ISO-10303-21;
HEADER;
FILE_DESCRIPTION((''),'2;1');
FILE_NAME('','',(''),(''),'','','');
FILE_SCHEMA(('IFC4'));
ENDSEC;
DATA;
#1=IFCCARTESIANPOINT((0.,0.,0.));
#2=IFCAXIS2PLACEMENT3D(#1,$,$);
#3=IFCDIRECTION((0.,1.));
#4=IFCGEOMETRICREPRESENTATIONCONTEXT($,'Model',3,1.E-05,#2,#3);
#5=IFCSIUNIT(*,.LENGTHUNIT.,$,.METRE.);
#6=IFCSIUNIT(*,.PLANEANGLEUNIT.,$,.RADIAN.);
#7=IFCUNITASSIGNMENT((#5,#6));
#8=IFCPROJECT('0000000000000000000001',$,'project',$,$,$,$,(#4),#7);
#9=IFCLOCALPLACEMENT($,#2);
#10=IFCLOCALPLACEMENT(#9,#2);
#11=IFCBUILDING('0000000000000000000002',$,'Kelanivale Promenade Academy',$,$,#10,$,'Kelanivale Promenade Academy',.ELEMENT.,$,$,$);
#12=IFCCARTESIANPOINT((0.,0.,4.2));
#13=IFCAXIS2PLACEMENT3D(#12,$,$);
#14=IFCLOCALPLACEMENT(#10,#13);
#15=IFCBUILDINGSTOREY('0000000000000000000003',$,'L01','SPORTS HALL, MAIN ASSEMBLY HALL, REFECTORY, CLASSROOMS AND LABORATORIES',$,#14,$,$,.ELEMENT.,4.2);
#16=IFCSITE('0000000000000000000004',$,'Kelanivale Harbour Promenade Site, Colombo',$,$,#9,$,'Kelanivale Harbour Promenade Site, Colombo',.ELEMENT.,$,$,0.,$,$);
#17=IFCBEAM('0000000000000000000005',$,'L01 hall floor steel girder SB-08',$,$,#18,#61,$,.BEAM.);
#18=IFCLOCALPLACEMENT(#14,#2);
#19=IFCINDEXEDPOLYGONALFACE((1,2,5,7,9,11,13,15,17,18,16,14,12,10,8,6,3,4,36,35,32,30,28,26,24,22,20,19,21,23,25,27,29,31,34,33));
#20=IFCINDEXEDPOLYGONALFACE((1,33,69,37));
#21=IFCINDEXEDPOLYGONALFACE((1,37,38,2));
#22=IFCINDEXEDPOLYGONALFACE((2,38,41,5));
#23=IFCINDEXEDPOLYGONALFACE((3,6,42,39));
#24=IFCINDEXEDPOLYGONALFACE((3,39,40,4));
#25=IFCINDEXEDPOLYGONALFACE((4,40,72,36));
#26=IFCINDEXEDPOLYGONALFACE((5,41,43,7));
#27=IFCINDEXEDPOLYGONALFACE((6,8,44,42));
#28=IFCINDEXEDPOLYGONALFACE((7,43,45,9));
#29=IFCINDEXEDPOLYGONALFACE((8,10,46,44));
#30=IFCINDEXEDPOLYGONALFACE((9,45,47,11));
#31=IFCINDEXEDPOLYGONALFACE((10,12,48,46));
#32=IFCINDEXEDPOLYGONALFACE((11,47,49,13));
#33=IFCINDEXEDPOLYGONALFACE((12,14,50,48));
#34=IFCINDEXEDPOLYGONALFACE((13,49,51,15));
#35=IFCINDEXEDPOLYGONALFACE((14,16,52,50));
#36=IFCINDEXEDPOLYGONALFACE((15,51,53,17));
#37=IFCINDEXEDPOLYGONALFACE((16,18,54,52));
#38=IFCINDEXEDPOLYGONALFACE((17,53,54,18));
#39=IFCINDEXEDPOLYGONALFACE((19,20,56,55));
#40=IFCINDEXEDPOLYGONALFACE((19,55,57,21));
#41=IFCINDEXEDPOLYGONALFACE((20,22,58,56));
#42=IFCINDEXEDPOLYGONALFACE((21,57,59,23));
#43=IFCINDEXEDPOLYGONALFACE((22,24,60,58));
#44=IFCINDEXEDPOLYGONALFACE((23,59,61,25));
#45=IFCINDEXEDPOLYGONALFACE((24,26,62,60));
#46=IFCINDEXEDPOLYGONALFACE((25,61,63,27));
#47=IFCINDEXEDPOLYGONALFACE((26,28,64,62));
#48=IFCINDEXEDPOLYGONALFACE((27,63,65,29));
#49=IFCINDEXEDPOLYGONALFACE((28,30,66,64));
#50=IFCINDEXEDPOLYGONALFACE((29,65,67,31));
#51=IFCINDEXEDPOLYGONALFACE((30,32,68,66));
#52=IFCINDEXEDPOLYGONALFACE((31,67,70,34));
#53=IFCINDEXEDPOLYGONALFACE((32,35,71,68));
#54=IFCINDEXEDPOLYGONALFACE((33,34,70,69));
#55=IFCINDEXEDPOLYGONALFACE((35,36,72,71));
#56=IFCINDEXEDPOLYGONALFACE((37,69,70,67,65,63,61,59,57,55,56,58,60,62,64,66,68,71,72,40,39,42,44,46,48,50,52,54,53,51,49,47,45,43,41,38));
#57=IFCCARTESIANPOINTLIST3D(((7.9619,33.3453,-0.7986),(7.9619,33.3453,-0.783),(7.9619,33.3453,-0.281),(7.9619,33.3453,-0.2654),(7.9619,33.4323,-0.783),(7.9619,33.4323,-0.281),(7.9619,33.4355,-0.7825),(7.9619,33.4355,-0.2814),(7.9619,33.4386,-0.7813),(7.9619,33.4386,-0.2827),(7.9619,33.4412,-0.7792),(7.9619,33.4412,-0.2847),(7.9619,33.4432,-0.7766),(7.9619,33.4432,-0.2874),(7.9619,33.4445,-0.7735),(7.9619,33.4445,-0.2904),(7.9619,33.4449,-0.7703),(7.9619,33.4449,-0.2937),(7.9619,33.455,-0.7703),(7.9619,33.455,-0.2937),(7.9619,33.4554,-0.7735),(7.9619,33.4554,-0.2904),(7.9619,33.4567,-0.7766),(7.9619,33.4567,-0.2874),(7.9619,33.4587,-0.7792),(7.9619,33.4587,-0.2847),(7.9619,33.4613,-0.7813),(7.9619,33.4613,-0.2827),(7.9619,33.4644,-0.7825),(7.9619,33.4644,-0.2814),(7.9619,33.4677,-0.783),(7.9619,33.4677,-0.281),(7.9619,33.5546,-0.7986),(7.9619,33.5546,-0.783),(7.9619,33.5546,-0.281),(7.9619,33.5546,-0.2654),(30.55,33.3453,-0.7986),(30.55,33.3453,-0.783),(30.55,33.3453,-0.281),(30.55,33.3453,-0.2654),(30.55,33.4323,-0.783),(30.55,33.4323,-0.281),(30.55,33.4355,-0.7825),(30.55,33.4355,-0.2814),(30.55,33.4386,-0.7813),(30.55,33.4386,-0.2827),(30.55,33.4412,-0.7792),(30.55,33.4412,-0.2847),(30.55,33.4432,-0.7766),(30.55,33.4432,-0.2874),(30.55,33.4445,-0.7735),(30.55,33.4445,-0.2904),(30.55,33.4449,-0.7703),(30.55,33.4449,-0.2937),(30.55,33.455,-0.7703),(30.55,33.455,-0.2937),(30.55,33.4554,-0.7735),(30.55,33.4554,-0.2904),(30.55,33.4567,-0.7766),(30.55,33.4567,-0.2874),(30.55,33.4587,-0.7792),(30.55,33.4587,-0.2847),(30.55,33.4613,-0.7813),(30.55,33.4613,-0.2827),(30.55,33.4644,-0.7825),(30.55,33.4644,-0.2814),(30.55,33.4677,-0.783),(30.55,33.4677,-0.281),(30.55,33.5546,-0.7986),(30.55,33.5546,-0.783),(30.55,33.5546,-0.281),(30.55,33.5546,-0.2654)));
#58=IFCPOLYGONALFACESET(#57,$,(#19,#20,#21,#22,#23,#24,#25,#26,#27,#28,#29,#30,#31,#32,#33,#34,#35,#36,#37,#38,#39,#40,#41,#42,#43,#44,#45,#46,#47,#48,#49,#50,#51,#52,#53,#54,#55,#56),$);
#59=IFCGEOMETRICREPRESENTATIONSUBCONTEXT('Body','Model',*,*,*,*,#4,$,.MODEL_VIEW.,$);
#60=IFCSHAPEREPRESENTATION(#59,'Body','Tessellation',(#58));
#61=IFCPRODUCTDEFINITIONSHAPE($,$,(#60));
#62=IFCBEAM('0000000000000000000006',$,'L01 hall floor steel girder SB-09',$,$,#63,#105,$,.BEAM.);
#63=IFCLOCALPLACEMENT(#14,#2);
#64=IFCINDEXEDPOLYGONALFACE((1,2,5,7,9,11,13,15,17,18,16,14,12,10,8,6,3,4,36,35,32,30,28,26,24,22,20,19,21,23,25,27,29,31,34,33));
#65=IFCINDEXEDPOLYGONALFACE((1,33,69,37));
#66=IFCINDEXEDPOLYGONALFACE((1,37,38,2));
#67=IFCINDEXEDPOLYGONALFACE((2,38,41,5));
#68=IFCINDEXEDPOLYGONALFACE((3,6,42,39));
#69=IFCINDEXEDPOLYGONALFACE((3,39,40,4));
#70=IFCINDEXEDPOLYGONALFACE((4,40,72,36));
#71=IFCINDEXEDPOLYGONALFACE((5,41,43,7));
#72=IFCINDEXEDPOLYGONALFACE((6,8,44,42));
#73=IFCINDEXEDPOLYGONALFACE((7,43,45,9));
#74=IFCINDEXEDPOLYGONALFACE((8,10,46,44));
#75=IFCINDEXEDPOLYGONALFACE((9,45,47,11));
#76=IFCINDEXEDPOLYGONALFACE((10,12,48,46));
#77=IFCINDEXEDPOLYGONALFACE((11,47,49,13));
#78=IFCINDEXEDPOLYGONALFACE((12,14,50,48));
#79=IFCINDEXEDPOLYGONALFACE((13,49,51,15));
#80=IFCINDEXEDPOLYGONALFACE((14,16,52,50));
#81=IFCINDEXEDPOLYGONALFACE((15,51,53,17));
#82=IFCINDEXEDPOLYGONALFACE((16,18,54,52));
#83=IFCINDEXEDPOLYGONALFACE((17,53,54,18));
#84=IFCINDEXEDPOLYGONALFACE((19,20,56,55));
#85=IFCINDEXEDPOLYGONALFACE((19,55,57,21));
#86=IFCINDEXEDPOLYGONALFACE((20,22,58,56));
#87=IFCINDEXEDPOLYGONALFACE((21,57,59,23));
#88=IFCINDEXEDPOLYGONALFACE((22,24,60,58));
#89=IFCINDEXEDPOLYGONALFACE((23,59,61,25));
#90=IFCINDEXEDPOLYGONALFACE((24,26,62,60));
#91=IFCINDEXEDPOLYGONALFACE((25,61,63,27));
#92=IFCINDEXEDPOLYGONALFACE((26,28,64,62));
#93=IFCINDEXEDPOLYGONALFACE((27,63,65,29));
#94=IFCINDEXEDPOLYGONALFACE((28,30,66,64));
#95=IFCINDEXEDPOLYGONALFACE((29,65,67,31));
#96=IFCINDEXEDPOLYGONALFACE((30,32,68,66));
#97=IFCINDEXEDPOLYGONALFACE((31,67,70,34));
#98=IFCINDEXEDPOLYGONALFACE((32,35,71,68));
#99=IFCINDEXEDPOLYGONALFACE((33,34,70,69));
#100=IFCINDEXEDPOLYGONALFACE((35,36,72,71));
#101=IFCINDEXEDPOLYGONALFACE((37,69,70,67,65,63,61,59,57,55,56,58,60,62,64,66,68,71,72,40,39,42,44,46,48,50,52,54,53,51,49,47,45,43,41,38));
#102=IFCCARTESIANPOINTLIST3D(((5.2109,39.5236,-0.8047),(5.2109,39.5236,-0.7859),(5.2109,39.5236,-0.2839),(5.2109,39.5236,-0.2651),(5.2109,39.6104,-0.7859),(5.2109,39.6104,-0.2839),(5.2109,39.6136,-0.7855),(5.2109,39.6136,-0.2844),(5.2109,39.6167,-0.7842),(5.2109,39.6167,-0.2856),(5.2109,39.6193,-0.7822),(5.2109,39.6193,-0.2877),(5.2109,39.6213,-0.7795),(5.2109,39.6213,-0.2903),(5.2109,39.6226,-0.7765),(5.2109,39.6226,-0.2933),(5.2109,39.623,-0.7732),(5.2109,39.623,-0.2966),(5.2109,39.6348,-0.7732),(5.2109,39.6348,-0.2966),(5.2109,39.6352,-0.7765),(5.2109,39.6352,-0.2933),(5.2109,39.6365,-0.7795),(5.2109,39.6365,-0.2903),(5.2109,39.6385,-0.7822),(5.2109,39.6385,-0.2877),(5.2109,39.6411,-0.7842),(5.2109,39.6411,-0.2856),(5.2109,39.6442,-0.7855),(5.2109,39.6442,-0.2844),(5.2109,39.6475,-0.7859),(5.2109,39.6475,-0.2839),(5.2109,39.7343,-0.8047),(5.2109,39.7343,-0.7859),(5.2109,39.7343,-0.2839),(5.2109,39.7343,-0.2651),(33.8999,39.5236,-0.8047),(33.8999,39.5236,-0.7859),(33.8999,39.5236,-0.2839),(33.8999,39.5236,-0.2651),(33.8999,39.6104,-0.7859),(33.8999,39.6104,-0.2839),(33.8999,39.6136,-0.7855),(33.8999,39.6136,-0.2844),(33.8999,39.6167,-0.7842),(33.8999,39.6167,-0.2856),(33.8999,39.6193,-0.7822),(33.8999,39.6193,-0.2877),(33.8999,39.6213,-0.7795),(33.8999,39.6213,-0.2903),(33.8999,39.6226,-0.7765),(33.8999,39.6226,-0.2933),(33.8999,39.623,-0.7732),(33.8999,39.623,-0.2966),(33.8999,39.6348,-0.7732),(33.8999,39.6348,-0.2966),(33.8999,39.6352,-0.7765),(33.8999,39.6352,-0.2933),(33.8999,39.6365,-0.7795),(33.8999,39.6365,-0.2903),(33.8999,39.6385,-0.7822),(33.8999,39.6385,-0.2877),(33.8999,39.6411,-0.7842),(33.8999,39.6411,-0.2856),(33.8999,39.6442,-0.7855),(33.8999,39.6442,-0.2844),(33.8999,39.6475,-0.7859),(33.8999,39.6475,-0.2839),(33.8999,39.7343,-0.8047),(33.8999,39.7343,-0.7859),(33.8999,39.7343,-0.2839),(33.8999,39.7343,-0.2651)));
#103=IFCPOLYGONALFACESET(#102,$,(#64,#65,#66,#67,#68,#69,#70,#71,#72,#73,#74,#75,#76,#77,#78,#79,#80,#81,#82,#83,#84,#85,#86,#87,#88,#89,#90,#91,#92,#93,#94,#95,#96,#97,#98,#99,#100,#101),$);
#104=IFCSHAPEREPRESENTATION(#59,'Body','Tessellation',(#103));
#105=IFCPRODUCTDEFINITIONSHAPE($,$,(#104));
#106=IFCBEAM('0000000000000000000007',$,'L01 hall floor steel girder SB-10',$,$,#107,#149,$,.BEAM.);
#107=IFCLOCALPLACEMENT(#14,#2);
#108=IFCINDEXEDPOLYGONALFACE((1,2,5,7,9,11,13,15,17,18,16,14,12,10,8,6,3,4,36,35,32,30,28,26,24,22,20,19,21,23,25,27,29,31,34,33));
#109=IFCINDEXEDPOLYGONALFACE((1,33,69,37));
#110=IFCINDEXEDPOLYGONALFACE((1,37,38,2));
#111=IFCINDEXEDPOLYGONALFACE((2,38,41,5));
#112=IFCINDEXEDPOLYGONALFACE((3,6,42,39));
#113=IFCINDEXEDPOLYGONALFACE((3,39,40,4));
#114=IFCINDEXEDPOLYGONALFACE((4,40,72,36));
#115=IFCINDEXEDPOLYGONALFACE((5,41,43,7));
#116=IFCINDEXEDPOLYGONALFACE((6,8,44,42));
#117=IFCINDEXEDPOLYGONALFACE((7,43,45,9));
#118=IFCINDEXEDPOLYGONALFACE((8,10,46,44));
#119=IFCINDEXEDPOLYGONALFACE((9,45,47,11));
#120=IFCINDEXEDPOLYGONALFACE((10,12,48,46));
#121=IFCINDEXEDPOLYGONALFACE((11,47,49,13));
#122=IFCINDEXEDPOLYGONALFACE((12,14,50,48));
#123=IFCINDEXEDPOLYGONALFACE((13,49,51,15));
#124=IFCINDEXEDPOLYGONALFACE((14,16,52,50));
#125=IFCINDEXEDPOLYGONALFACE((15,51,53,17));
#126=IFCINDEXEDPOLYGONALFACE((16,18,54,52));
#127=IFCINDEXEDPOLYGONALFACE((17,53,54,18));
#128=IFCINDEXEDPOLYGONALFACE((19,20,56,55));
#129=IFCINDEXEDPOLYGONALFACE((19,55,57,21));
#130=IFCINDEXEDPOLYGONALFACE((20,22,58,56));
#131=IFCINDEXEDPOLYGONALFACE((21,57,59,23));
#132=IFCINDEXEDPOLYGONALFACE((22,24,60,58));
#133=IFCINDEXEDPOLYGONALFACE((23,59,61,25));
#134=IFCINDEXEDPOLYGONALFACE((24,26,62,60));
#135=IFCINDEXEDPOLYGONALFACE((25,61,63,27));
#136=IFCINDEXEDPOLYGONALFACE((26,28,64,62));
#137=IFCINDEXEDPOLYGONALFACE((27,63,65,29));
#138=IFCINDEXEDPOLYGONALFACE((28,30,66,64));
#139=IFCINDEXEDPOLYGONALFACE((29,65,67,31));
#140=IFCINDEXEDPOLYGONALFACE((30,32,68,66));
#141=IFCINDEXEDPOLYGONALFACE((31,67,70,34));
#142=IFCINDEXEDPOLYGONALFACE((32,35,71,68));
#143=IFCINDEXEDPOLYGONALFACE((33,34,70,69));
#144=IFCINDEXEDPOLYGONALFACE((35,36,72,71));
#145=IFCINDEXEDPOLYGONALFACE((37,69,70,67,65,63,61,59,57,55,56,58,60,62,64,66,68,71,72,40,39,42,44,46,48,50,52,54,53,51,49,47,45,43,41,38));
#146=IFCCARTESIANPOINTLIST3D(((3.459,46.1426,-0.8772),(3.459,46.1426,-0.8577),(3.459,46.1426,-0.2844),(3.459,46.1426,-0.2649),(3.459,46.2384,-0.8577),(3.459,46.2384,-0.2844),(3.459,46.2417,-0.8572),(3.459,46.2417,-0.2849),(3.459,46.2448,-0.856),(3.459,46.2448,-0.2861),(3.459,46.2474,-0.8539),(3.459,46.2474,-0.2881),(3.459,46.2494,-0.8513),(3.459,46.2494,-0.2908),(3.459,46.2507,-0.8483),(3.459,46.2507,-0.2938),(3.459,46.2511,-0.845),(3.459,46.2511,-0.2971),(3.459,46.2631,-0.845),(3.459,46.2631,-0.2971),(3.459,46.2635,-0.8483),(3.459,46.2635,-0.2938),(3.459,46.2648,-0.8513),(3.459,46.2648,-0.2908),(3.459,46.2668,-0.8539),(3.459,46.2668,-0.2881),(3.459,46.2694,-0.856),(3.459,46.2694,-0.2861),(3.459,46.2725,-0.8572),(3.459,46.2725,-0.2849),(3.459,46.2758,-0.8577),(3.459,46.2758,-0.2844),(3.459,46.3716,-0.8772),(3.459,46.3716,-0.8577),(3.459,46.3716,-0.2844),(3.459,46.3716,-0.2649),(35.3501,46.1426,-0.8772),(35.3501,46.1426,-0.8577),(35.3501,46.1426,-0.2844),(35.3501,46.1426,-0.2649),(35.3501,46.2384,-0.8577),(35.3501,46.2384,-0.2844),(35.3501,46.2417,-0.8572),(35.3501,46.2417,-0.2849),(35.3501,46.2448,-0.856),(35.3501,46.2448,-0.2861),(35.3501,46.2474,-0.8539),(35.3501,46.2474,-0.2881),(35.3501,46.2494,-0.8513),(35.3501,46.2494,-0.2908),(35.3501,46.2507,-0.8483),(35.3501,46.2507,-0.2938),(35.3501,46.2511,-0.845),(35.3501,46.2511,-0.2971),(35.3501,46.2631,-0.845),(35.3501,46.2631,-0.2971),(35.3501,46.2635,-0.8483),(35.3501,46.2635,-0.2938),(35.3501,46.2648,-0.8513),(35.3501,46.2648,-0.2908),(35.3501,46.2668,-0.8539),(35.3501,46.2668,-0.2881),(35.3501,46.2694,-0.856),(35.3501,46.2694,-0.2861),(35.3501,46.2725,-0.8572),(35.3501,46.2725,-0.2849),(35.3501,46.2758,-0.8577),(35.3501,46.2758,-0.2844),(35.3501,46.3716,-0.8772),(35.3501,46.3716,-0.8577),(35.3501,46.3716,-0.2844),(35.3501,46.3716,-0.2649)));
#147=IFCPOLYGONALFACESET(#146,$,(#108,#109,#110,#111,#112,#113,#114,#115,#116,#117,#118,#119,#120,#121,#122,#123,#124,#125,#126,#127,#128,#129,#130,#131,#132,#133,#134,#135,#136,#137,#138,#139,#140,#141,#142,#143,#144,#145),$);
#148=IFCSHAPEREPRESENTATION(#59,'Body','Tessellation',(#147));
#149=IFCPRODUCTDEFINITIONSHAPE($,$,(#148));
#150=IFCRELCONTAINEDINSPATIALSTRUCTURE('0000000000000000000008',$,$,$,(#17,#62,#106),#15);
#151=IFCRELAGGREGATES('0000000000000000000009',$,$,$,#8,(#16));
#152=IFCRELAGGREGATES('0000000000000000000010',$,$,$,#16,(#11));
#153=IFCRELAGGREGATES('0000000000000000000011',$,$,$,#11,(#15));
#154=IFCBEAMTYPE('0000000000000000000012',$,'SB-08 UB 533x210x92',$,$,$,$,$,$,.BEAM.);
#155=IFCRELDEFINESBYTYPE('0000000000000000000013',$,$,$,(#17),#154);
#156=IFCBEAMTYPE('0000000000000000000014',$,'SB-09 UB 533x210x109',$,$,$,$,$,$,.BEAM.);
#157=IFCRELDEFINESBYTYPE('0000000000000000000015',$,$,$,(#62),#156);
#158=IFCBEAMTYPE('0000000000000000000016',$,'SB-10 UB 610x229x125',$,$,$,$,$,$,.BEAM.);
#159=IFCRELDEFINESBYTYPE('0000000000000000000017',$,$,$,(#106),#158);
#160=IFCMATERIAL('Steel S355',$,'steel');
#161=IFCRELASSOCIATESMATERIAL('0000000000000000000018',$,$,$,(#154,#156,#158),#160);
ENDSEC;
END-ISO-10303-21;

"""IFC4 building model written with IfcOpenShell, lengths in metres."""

from ifc_helpers import new_model, si_unit, direction, frame, origin, origin_2d, place, context, subcontext, project, spatial, i_section, extrude, material, material_profile, profile_set, type_object, element, save


model = new_model("IFC4")

# Units and contexts
model_context = context("Model", 3, precision=1e-05, world=origin(), true_north=direction((0.0, 1.0)))
body_context = subcontext(model_context, "Body", "Model", "MODEL_VIEW")
ifc_project = project(units=[si_unit("LENGTHUNIT", "METRE"), si_unit("PLANEANGLEUNIT", "RADIAN")], contexts=[model_context])

# Site, building, storey
site_placement = place(None, origin())
site = spatial("IfcSite", under=ifc_project, at=site_placement, Name="Kelanivale Harbour Promenade Site, Colombo", LongName="Kelanivale Harbour Promenade Site, Colombo", CompositionType="ELEMENT", RefElevation=0.0)
building_placement = place(site_placement, origin())
building = spatial("IfcBuilding", under=site, at=building_placement, Name="Kelanivale Promenade Academy", LongName="Kelanivale Promenade Academy", CompositionType="ELEMENT")
storey_placement = place(building_placement, frame((0.0, 0.0, 4.2)))
storey = spatial("IfcBuildingStorey", under=building, at=storey_placement, Name="L01", Description="SPORTS HALL, MAIN ASSEMBLY HALL, REFECTORY, CLASSROOMS AND LABORATORIES", CompositionType="ELEMENT", Elevation=4.2)

# Shared definitions
ifc_material_1 = material(Name="Steel S355", Category="steel")

# Beams
ifc_material_profile_1 = material_profile(ifc_material_1, i_section(OverallWidth=0.2092, OverallDepth=0.5332, WebThickness=0.01, FlangeThickness=0.0156, FilletRadius=0.0127, at=origin_2d()), Name="UB 533x210x92")
ifc_profile_set_1 = profile_set([ifc_material_profile_1], Name="Steel S355")
beam_type_1 = type_object("IfcBeamType", Name="SB-08 UB 533x210x92", PredefinedType="BEAM", material=ifc_profile_set_1)
beam_1_placement = place(storey_placement, frame((7.9619, 33.45, -0.532), z_axis=(1.0, 0.0, 0.0), x_axis=(0.0, 1.0, 0.0)))
element("IfcBeam", 1, at=beam_1_placement, inside=storey, type_object=beam_type_1, Name="L01 hall floor steel girder SB-08", PredefinedType="BEAM", context=body_context, shape_type="SweptSolid", body=[
    extrude(i_section(OverallWidth=0.2092, OverallDepth=0.5332, WebThickness=0.01, FlangeThickness=0.0156, FilletRadius=0.0127, at=origin_2d()), origin(), (0.0, 0.0, 1.0), 22.5881),
])
ifc_material_profile_2 = material_profile(ifc_material_1, i_section(OverallWidth=0.2107, OverallDepth=0.5396, WebThickness=0.0117, FlangeThickness=0.0188, FilletRadius=0.0127, at=origin_2d()), Name="UB 533x210x109")
ifc_profile_set_2 = profile_set([ifc_material_profile_2], Name="Steel S355")
beam_type_2 = type_object("IfcBeamType", Name="SB-09 UB 533x210x109", PredefinedType="BEAM", material=ifc_profile_set_2)
beam_2_placement = place(storey_placement, frame((5.2109, 39.6289, -0.5349), z_axis=(1.0, 0.0, 0.0), x_axis=(0.0, 1.0, 0.0)))
element("IfcBeam", 2, at=beam_2_placement, inside=storey, type_object=beam_type_2, Name="L01 hall floor steel girder SB-09", PredefinedType="BEAM", context=body_context, shape_type="SweptSolid", body=[
    extrude(i_section(OverallWidth=0.2107, OverallDepth=0.5396, WebThickness=0.0117, FlangeThickness=0.0188, FilletRadius=0.0127, at=origin_2d()), origin(), (0.0, 0.0, 1.0), 28.689),
])
ifc_material_profile_3 = material_profile(ifc_material_1, i_section(OverallWidth=0.229, OverallDepth=0.6123, WebThickness=0.012, FlangeThickness=0.0195, FilletRadius=0.0127, at=origin_2d()), Name="UB 610x229x125")
ifc_profile_set_3 = profile_set([ifc_material_profile_3], Name="Steel S355")
beam_type_3 = type_object("IfcBeamType", Name="SB-10 UB 610x229x125", PredefinedType="BEAM", material=ifc_profile_set_3)
beam_3_placement = place(storey_placement, frame((3.459, 46.2571, -0.571), z_axis=(1.0, 0.0, 0.0), x_axis=(0.0, 1.0, 0.0)))
element("IfcBeam", 3, at=beam_3_placement, inside=storey, type_object=beam_type_3, Name="L01 hall floor steel girder SB-10", PredefinedType="BEAM", context=body_context, shape_type="SweptSolid", body=[
    extrude(i_section(OverallWidth=0.229, OverallDepth=0.6123, WebThickness=0.012, FlangeThickness=0.0195, FilletRadius=0.0127, at=origin_2d()), origin(), (0.0, 0.0, 1.0), 31.8911),
])

save(model, "model.ifc")
